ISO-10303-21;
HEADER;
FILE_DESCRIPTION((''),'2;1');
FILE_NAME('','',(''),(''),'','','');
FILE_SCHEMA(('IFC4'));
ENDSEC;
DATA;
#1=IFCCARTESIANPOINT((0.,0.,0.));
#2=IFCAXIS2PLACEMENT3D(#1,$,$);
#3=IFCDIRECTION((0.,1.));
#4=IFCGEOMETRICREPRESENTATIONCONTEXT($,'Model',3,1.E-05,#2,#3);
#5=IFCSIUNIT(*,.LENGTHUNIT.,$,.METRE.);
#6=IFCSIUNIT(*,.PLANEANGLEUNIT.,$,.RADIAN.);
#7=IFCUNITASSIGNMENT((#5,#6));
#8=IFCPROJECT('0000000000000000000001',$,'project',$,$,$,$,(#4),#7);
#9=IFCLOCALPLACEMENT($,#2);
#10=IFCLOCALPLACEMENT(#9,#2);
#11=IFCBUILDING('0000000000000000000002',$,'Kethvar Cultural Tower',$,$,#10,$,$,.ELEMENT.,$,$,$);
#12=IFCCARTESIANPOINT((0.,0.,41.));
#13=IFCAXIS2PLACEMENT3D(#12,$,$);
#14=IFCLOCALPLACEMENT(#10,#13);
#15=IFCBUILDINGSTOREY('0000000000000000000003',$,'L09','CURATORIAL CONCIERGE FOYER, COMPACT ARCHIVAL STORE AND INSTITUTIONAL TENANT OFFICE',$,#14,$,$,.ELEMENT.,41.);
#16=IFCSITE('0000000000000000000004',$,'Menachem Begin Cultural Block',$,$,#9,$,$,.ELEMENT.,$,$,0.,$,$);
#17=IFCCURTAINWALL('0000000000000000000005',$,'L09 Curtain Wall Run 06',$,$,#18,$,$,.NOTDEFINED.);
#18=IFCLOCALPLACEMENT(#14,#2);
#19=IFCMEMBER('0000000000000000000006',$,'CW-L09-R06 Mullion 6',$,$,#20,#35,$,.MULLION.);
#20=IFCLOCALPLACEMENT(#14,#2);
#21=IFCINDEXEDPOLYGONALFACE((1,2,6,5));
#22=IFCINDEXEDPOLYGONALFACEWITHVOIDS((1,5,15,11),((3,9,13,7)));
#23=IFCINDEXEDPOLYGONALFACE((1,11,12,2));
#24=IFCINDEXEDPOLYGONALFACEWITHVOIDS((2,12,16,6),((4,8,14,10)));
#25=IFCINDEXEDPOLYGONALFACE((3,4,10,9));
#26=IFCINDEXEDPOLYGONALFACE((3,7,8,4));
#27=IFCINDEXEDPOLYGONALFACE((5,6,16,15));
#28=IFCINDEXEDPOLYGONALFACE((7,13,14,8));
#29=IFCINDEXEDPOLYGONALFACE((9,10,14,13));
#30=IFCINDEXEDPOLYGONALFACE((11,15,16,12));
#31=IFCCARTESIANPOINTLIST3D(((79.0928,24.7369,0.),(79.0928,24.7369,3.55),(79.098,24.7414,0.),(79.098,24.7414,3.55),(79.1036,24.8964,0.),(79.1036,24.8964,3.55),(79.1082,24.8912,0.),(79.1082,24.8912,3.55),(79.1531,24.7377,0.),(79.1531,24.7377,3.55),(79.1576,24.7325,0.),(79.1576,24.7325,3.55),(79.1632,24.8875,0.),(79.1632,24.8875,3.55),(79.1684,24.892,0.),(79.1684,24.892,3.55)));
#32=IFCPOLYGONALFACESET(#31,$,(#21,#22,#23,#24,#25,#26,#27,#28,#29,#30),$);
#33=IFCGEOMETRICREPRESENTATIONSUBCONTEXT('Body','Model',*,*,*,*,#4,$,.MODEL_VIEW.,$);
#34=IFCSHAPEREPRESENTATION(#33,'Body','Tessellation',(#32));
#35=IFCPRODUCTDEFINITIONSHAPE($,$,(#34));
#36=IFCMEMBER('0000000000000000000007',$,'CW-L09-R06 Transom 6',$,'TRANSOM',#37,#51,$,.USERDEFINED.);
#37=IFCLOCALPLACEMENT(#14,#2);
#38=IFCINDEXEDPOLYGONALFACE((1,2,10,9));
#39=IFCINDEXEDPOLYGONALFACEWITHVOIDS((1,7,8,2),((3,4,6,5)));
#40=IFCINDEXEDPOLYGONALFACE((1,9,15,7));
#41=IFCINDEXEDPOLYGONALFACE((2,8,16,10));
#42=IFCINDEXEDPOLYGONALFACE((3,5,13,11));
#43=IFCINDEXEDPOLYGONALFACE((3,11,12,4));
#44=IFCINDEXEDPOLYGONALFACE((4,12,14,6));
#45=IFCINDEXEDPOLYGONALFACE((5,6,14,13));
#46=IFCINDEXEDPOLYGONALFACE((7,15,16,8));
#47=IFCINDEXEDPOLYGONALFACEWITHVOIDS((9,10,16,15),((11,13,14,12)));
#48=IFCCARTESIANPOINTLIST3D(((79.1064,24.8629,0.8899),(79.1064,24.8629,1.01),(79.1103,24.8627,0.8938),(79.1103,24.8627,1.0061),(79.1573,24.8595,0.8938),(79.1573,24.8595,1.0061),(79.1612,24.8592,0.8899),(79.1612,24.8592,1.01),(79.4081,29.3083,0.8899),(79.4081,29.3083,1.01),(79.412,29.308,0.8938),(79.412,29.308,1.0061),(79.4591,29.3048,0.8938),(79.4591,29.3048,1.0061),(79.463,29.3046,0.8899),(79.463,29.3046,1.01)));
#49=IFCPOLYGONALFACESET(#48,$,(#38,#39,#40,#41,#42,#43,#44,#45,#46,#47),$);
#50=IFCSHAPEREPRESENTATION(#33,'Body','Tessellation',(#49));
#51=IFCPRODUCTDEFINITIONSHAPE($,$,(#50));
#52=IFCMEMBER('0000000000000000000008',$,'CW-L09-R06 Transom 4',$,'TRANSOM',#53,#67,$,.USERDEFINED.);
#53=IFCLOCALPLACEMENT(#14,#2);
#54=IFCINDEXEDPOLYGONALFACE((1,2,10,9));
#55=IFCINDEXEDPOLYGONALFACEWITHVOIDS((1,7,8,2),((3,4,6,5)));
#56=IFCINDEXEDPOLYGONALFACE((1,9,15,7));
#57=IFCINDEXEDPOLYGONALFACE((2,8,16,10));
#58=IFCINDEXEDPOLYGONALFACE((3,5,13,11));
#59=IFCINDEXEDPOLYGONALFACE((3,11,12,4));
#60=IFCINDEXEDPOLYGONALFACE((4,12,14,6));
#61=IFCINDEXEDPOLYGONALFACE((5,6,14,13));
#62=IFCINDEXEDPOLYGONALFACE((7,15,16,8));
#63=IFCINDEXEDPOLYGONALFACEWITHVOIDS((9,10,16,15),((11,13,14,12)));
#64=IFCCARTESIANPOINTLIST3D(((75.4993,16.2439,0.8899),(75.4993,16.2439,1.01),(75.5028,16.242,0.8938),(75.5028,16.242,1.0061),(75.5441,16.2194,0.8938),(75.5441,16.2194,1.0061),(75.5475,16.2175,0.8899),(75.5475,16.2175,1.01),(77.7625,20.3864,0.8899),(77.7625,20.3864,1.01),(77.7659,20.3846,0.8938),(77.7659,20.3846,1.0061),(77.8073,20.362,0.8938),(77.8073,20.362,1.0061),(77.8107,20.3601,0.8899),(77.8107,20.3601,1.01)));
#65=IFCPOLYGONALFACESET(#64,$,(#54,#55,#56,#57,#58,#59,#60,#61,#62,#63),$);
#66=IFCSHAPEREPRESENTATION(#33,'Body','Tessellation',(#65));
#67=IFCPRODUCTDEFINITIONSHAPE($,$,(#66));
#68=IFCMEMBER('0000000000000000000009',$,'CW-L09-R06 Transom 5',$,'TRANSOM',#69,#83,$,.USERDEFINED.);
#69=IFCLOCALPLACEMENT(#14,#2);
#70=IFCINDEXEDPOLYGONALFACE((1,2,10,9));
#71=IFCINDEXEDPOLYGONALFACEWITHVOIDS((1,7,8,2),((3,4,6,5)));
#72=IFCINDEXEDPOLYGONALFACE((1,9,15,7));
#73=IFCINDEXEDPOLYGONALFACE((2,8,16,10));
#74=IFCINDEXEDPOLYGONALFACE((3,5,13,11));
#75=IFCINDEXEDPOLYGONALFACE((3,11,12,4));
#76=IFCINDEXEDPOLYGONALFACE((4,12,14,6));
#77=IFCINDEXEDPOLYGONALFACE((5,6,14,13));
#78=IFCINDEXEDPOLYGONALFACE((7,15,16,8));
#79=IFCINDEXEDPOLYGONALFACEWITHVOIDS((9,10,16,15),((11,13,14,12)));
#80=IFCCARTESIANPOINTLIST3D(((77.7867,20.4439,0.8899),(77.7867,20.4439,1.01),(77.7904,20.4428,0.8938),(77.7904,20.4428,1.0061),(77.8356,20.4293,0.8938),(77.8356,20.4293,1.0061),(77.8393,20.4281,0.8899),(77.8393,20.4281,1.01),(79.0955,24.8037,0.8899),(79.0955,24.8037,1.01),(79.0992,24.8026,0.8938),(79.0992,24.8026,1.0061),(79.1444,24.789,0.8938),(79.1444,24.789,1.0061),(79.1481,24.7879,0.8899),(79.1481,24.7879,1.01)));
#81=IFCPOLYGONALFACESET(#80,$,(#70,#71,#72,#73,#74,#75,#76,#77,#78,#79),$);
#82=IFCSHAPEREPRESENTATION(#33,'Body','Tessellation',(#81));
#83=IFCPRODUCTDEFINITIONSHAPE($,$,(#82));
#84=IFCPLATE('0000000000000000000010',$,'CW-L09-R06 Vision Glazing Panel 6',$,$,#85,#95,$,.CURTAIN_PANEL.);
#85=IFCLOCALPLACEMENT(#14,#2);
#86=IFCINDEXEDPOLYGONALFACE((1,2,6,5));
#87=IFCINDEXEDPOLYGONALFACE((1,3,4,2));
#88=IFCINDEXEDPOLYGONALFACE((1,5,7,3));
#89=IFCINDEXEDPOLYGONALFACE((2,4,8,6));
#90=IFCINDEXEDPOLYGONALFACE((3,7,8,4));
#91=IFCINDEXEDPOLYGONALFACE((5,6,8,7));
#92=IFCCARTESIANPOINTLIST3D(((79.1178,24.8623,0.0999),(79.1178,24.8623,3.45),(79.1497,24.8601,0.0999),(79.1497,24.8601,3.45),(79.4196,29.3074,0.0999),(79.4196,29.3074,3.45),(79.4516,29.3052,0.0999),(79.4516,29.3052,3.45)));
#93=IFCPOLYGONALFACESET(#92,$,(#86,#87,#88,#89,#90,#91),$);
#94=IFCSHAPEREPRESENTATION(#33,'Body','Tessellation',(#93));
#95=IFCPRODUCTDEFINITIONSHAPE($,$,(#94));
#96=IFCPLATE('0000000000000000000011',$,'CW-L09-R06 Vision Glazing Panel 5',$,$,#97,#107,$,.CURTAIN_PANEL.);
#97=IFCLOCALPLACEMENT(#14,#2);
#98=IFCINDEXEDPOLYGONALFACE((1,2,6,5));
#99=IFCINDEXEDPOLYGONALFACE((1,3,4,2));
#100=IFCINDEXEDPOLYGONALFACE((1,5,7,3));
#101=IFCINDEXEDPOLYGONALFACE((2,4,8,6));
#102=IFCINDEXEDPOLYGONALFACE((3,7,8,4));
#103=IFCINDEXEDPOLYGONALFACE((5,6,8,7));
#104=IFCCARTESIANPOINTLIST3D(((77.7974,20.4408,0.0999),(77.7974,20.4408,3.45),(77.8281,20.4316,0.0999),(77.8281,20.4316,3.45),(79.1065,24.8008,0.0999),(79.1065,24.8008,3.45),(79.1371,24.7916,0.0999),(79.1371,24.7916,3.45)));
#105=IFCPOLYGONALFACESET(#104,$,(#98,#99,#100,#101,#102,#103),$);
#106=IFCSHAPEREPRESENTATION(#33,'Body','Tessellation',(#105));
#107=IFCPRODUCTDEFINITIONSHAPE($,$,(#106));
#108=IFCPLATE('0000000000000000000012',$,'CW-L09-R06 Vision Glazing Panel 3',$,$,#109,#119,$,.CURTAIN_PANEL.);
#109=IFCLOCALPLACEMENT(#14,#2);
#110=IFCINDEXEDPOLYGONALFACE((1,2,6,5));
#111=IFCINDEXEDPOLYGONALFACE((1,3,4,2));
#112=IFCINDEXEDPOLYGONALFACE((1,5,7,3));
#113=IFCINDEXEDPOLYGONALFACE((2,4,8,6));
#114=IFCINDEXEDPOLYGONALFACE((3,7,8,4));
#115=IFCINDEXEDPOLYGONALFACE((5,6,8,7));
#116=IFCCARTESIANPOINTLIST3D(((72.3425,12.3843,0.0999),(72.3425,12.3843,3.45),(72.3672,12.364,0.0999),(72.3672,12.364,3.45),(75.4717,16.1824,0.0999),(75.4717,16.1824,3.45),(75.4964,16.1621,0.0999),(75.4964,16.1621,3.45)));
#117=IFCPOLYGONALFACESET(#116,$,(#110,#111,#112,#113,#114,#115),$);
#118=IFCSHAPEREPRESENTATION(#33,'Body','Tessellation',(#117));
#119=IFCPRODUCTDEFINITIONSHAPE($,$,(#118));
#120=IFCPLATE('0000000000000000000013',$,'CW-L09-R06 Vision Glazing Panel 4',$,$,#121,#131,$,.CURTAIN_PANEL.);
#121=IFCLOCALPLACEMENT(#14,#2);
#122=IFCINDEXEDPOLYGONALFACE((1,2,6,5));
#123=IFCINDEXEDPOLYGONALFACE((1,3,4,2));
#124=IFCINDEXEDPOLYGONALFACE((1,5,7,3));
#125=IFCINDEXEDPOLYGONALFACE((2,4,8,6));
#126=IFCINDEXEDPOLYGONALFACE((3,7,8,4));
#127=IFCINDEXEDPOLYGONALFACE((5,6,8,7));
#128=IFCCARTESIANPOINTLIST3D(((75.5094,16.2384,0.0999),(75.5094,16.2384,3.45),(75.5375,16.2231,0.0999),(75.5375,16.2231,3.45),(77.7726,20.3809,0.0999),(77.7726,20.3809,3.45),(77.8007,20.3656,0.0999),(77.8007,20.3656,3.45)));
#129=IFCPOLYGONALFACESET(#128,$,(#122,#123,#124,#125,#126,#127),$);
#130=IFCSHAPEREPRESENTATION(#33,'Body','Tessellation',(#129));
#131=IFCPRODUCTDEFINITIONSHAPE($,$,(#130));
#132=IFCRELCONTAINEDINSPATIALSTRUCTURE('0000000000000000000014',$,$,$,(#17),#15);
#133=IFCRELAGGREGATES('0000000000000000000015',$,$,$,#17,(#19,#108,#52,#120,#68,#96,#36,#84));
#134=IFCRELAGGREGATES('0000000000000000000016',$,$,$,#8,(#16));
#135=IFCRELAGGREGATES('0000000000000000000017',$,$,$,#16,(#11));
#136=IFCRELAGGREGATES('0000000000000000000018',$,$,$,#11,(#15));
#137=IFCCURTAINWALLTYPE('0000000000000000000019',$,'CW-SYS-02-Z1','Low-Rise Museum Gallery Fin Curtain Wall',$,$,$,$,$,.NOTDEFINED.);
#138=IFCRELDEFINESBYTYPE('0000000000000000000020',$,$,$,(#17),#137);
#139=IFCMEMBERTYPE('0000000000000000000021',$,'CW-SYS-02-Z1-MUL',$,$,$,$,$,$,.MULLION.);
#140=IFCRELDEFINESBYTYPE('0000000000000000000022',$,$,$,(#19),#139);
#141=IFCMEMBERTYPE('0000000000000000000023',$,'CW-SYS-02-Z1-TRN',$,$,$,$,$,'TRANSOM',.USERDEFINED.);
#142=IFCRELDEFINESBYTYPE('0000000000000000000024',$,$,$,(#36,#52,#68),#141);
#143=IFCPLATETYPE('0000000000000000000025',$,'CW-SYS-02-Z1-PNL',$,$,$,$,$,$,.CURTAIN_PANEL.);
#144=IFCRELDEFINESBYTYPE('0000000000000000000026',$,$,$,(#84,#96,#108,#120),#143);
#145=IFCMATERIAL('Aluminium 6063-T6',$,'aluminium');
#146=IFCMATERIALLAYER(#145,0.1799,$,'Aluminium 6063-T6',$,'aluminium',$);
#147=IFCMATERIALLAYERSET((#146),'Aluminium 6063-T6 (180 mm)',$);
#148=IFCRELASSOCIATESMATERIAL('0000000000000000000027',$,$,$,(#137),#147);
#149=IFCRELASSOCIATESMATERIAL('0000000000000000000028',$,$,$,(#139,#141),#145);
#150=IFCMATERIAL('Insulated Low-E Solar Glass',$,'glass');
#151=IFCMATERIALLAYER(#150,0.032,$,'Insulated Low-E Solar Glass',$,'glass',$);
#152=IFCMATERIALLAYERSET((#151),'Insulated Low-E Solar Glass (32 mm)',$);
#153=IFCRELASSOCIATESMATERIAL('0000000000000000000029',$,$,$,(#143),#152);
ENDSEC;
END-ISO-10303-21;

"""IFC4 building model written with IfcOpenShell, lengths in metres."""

from ifc_helpers import new_model, si_unit, direction, frame, origin, origin_2d, place, context, subcontext, project, spatial, rectangle, hollow_rectangle, extrude, source, transform, mapped, material, layer, layer_set, material_profile, profile_set, type_object, element, aggregate, save


model = new_model("IFC4")

# Units and contexts
model_context = context("Model", 3, precision=1e-05, world=origin(), true_north=direction((0.0, 1.0)))
body_context = subcontext(model_context, "Body", "Model", "MODEL_VIEW")
ifc_project = project(units=[si_unit("LENGTHUNIT", "METRE"), si_unit("PLANEANGLEUNIT", "RADIAN")], contexts=[model_context])

# Site, building, storey
site_placement = place(None, origin())
site = spatial("IfcSite", under=ifc_project, at=site_placement, Name="Menachem Begin Cultural Block", CompositionType="ELEMENT", RefElevation=0.0)
building_placement = place(site_placement, origin())
building = spatial("IfcBuilding", under=site, at=building_placement, Name="Kethvar Cultural Tower", CompositionType="ELEMENT")
storey_placement = place(building_placement, frame((0.0, 0.0, 41.0)))
storey = spatial("IfcBuildingStorey", under=building, at=storey_placement, Name="L09", Description="CURATORIAL CONCIERGE FOYER, COMPACT ARCHIVAL STORE AND INSTITUTIONAL TENANT OFFICE", CompositionType="ELEMENT", Elevation=41.0)

# Curtain wall, members, plates
ifc_material_1 = material(Name="Aluminium 6063-T6", Category="aluminium")
ifc_layer_1 = layer(ifc_material_1, 0.1799, Name="Aluminium 6063-T6", Category="aluminium")
ifc_layer_set_1 = layer_set([ifc_layer_1], Name="Aluminium 6063-T6 (180 mm)")
curtain_wall_type = type_object("IfcCurtainWallType", Name="CW-SYS-02-Z1", Description="Low-Rise Museum Gallery Fin Curtain Wall", PredefinedType="NOTDEFINED", material=ifc_layer_set_1)
curtain_wall_placement = place(storey_placement, origin())
curtain_wall = element("IfcCurtainWall", 1, at=curtain_wall_placement, inside=storey, type_object=curtain_wall_type, Name="L09 Curtain Wall Run 06", PredefinedType="NOTDEFINED")
ifc_material_profile_1 = material_profile(ifc_material_1, hollow_rectangle(XDim=0.0649, YDim=0.1599, WallThickness=0.0049, at=origin_2d()), Name="Aluminium 6063-T6 — RHS160x65x5")
ifc_profile_set_1 = profile_set([ifc_material_profile_1], Name="Aluminium 6063-T6 — RHS160x65x5")
member_type_1 = type_object("IfcMemberType", Name="CW-SYS-02-Z1-MUL", PredefinedType="MULLION", material=ifc_profile_set_1)
shared_shape_1 = source(origin(), body_context, "Body", "SweptSolid", [
    extrude(hollow_rectangle(XDim=0.0649, YDim=0.1599, WallThickness=0.0049, at=origin_2d()), origin(), (0.0, 0.0, 1.0), 3.55),
])
member_1_placement = place(storey_placement, frame((79.1306, 24.8145, 0.0), z_axis=(0.0, 0.0, 1.0), x_axis=(-0.997702, 0.067754, 0.0)))
member_1 = element("IfcMember", 2, at=member_1_placement, type_object=member_type_1, Name="CW-L09-R06 Mullion 6", PredefinedType="MULLION", context=body_context, shape_type="MappedRepresentation", body=[
    mapped(shared_shape_1, transform((0.0, 0.0, 0.0), scale=1.0)),
])
ifc_material_profile_2 = material_profile(ifc_material_1, hollow_rectangle(XDim=0.0549, YDim=0.1201, WallThickness=0.0039, at=origin_2d()), Name="Aluminium 6063-T6 — RHS120x55x4")
ifc_profile_set_2 = profile_set([ifc_material_profile_2], Name="Aluminium 6063-T6 — RHS120x55x4")
member_type_2 = type_object("IfcMemberType", Name="CW-SYS-02-Z1-TRN", ElementType="TRANSOM", PredefinedType="USERDEFINED", material=ifc_profile_set_2)
shared_shape_2 = source(origin(), body_context, "Body", "SweptSolid", [
    extrude(hollow_rectangle(XDim=0.0549, YDim=0.1201, WallThickness=0.0039, at=origin_2d()), origin(), (0.0, 0.0, 1.0), 4.4556),
])
member_2_placement = place(storey_placement, frame((79.1338, 24.8611, 0.95), z_axis=(0.067726, 0.997704, 0.0), x_axis=(-0.997704, 0.067726, 0.0)))
member_2 = element("IfcMember", 3, at=member_2_placement, type_object=member_type_2, Name="CW-L09-R06 Transom 6", ObjectType="TRANSOM", PredefinedType="USERDEFINED", context=body_context, shape_type="MappedRepresentation", body=[
    mapped(shared_shape_2, transform((0.0, 0.0, 0.0), scale=1.0)),
])
shared_shape_3 = source(origin(), body_context, "Body", "SweptSolid", [
    extrude(hollow_rectangle(XDim=0.0549, YDim=0.1201, WallThickness=0.0039, at=origin_2d()), origin(), (0.0, 0.0, 1.0), 4.7205),
])
member_3_placement = place(storey_placement, frame((75.5234, 16.2307, 0.95), z_axis=(0.479439, 0.877575, 0.0), x_axis=(-0.877575, 0.479439, 0.0)))
member_3 = element("IfcMember", 4, at=member_3_placement, type_object=member_type_2, Name="CW-L09-R06 Transom 4", ObjectType="TRANSOM", PredefinedType="USERDEFINED", context=body_context, shape_type="MappedRepresentation", body=[
    mapped(shared_shape_3, transform((0.0, 0.0, 0.0), scale=1.0)),
])
shared_shape_4 = source(origin(), body_context, "Body", "SweptSolid", [
    extrude(hollow_rectangle(XDim=0.0549, YDim=0.1201, WallThickness=0.0039, at=origin_2d()), origin(), (0.0, 0.0, 1.0), 4.552),
])
member_4_placement = place(storey_placement, frame((77.813, 20.436, 0.95), z_axis=(0.287525, 0.957773, 0.0), x_axis=(-0.957773, 0.287525, 0.0)))
member_4 = element("IfcMember", 5, at=member_4_placement, type_object=member_type_2, Name="CW-L09-R06 Transom 5", ObjectType="TRANSOM", PredefinedType="USERDEFINED", context=body_context, shape_type="MappedRepresentation", body=[
    mapped(shared_shape_4, transform((0.0, 0.0, 0.0), scale=1.0)),
])
ifc_material_2 = material(Name="Insulated Low-E Solar Glass", Category="glass")
ifc_layer_2 = layer(ifc_material_2, 0.032, Name="Insulated Low-E Solar Glass", Category="glass")
ifc_layer_set_2 = layer_set([ifc_layer_2], Name="Insulated Low-E Solar Glass (32 mm)")
plate_type = type_object("IfcPlateType", Name="CW-SYS-02-Z1-PNL", PredefinedType="CURTAIN_PANEL", material=ifc_layer_set_2)
shared_shape_5 = source(origin(), body_context, "Body", "SweptSolid", [
    extrude(rectangle(XDim=4.4553, YDim=0.032, at=origin_2d()), origin(), (0.0, 0.0, 1.0), 3.3501),
])
plate_1_placement = place(storey_placement, frame((79.2847, 27.0837, 0.0999), z_axis=(0.0, 0.0, 1.0), x_axis=(0.067754, 0.997702, 0.0)))
plate_1 = element("IfcPlate", 6, at=plate_1_placement, type_object=plate_type, Name="CW-L09-R06 Vision Glazing Panel 6", PredefinedType="CURTAIN_PANEL", context=body_context, shape_type="MappedRepresentation", body=[
    mapped(shared_shape_5, transform((0.0, 0.0, 0.0), scale=1.0)),
])
shared_shape_6 = source(origin(), body_context, "Body", "SweptSolid", [
    extrude(rectangle(XDim=4.5522, YDim=0.032, at=origin_2d()), origin(), (0.0, 0.0, 1.0), 3.3501),
])
plate_2_placement = place(storey_placement, frame((78.4673, 22.6162, 0.0999), z_axis=(0.0, 0.0, 1.0), x_axis=(0.287561, 0.957762, 0.0)))
plate_2 = element("IfcPlate", 7, at=plate_2_placement, type_object=plate_type, Name="CW-L09-R06 Vision Glazing Panel 5", PredefinedType="CURTAIN_PANEL", context=body_context, shape_type="MappedRepresentation", body=[
    mapped(shared_shape_6, transform((0.0, 0.0, 0.0), scale=1.0)),
])
shared_shape_7 = source(origin(), body_context, "Body", "SweptSolid", [
    extrude(rectangle(XDim=4.9211, YDim=0.032, at=origin_2d()), origin(), (0.0, 0.0, 1.0), 3.3501),
])
plate_3_placement = place(storey_placement, frame((73.9194, 14.2732, 0.0999), z_axis=(0.0, 0.0, 1.0), x_axis=(0.635863, 0.771802, 0.0)))
plate_3 = element("IfcPlate", 8, at=plate_3_placement, type_object=plate_type, Name="CW-L09-R06 Vision Glazing Panel 3", PredefinedType="CURTAIN_PANEL", context=body_context, shape_type="MappedRepresentation", body=[
    mapped(shared_shape_7, transform((0.0, 0.0, 0.0), scale=1.0)),
])
shared_shape_8 = source(origin(), body_context, "Body", "SweptSolid", [
    extrude(rectangle(XDim=4.7205, YDim=0.032, at=origin_2d()), origin(), (0.0, 0.0, 1.0), 3.3501),
])
plate_4_placement = place(storey_placement, frame((76.655, 18.302, 0.0999), z_axis=(0.0, 0.0, 1.0), x_axis=(0.479443, 0.877573, 0.0)))
plate_4 = element("IfcPlate", 9, at=plate_4_placement, type_object=plate_type, Name="CW-L09-R06 Vision Glazing Panel 4", PredefinedType="CURTAIN_PANEL", context=body_context, shape_type="MappedRepresentation", body=[
    mapped(shared_shape_8, transform((0.0, 0.0, 0.0), scale=1.0)),
])
aggregate(curtain_wall, [member_1, plate_3, member_3, plate_4, member_4, plate_2, member_2, plate_1])

save(model, "model.ifc")
